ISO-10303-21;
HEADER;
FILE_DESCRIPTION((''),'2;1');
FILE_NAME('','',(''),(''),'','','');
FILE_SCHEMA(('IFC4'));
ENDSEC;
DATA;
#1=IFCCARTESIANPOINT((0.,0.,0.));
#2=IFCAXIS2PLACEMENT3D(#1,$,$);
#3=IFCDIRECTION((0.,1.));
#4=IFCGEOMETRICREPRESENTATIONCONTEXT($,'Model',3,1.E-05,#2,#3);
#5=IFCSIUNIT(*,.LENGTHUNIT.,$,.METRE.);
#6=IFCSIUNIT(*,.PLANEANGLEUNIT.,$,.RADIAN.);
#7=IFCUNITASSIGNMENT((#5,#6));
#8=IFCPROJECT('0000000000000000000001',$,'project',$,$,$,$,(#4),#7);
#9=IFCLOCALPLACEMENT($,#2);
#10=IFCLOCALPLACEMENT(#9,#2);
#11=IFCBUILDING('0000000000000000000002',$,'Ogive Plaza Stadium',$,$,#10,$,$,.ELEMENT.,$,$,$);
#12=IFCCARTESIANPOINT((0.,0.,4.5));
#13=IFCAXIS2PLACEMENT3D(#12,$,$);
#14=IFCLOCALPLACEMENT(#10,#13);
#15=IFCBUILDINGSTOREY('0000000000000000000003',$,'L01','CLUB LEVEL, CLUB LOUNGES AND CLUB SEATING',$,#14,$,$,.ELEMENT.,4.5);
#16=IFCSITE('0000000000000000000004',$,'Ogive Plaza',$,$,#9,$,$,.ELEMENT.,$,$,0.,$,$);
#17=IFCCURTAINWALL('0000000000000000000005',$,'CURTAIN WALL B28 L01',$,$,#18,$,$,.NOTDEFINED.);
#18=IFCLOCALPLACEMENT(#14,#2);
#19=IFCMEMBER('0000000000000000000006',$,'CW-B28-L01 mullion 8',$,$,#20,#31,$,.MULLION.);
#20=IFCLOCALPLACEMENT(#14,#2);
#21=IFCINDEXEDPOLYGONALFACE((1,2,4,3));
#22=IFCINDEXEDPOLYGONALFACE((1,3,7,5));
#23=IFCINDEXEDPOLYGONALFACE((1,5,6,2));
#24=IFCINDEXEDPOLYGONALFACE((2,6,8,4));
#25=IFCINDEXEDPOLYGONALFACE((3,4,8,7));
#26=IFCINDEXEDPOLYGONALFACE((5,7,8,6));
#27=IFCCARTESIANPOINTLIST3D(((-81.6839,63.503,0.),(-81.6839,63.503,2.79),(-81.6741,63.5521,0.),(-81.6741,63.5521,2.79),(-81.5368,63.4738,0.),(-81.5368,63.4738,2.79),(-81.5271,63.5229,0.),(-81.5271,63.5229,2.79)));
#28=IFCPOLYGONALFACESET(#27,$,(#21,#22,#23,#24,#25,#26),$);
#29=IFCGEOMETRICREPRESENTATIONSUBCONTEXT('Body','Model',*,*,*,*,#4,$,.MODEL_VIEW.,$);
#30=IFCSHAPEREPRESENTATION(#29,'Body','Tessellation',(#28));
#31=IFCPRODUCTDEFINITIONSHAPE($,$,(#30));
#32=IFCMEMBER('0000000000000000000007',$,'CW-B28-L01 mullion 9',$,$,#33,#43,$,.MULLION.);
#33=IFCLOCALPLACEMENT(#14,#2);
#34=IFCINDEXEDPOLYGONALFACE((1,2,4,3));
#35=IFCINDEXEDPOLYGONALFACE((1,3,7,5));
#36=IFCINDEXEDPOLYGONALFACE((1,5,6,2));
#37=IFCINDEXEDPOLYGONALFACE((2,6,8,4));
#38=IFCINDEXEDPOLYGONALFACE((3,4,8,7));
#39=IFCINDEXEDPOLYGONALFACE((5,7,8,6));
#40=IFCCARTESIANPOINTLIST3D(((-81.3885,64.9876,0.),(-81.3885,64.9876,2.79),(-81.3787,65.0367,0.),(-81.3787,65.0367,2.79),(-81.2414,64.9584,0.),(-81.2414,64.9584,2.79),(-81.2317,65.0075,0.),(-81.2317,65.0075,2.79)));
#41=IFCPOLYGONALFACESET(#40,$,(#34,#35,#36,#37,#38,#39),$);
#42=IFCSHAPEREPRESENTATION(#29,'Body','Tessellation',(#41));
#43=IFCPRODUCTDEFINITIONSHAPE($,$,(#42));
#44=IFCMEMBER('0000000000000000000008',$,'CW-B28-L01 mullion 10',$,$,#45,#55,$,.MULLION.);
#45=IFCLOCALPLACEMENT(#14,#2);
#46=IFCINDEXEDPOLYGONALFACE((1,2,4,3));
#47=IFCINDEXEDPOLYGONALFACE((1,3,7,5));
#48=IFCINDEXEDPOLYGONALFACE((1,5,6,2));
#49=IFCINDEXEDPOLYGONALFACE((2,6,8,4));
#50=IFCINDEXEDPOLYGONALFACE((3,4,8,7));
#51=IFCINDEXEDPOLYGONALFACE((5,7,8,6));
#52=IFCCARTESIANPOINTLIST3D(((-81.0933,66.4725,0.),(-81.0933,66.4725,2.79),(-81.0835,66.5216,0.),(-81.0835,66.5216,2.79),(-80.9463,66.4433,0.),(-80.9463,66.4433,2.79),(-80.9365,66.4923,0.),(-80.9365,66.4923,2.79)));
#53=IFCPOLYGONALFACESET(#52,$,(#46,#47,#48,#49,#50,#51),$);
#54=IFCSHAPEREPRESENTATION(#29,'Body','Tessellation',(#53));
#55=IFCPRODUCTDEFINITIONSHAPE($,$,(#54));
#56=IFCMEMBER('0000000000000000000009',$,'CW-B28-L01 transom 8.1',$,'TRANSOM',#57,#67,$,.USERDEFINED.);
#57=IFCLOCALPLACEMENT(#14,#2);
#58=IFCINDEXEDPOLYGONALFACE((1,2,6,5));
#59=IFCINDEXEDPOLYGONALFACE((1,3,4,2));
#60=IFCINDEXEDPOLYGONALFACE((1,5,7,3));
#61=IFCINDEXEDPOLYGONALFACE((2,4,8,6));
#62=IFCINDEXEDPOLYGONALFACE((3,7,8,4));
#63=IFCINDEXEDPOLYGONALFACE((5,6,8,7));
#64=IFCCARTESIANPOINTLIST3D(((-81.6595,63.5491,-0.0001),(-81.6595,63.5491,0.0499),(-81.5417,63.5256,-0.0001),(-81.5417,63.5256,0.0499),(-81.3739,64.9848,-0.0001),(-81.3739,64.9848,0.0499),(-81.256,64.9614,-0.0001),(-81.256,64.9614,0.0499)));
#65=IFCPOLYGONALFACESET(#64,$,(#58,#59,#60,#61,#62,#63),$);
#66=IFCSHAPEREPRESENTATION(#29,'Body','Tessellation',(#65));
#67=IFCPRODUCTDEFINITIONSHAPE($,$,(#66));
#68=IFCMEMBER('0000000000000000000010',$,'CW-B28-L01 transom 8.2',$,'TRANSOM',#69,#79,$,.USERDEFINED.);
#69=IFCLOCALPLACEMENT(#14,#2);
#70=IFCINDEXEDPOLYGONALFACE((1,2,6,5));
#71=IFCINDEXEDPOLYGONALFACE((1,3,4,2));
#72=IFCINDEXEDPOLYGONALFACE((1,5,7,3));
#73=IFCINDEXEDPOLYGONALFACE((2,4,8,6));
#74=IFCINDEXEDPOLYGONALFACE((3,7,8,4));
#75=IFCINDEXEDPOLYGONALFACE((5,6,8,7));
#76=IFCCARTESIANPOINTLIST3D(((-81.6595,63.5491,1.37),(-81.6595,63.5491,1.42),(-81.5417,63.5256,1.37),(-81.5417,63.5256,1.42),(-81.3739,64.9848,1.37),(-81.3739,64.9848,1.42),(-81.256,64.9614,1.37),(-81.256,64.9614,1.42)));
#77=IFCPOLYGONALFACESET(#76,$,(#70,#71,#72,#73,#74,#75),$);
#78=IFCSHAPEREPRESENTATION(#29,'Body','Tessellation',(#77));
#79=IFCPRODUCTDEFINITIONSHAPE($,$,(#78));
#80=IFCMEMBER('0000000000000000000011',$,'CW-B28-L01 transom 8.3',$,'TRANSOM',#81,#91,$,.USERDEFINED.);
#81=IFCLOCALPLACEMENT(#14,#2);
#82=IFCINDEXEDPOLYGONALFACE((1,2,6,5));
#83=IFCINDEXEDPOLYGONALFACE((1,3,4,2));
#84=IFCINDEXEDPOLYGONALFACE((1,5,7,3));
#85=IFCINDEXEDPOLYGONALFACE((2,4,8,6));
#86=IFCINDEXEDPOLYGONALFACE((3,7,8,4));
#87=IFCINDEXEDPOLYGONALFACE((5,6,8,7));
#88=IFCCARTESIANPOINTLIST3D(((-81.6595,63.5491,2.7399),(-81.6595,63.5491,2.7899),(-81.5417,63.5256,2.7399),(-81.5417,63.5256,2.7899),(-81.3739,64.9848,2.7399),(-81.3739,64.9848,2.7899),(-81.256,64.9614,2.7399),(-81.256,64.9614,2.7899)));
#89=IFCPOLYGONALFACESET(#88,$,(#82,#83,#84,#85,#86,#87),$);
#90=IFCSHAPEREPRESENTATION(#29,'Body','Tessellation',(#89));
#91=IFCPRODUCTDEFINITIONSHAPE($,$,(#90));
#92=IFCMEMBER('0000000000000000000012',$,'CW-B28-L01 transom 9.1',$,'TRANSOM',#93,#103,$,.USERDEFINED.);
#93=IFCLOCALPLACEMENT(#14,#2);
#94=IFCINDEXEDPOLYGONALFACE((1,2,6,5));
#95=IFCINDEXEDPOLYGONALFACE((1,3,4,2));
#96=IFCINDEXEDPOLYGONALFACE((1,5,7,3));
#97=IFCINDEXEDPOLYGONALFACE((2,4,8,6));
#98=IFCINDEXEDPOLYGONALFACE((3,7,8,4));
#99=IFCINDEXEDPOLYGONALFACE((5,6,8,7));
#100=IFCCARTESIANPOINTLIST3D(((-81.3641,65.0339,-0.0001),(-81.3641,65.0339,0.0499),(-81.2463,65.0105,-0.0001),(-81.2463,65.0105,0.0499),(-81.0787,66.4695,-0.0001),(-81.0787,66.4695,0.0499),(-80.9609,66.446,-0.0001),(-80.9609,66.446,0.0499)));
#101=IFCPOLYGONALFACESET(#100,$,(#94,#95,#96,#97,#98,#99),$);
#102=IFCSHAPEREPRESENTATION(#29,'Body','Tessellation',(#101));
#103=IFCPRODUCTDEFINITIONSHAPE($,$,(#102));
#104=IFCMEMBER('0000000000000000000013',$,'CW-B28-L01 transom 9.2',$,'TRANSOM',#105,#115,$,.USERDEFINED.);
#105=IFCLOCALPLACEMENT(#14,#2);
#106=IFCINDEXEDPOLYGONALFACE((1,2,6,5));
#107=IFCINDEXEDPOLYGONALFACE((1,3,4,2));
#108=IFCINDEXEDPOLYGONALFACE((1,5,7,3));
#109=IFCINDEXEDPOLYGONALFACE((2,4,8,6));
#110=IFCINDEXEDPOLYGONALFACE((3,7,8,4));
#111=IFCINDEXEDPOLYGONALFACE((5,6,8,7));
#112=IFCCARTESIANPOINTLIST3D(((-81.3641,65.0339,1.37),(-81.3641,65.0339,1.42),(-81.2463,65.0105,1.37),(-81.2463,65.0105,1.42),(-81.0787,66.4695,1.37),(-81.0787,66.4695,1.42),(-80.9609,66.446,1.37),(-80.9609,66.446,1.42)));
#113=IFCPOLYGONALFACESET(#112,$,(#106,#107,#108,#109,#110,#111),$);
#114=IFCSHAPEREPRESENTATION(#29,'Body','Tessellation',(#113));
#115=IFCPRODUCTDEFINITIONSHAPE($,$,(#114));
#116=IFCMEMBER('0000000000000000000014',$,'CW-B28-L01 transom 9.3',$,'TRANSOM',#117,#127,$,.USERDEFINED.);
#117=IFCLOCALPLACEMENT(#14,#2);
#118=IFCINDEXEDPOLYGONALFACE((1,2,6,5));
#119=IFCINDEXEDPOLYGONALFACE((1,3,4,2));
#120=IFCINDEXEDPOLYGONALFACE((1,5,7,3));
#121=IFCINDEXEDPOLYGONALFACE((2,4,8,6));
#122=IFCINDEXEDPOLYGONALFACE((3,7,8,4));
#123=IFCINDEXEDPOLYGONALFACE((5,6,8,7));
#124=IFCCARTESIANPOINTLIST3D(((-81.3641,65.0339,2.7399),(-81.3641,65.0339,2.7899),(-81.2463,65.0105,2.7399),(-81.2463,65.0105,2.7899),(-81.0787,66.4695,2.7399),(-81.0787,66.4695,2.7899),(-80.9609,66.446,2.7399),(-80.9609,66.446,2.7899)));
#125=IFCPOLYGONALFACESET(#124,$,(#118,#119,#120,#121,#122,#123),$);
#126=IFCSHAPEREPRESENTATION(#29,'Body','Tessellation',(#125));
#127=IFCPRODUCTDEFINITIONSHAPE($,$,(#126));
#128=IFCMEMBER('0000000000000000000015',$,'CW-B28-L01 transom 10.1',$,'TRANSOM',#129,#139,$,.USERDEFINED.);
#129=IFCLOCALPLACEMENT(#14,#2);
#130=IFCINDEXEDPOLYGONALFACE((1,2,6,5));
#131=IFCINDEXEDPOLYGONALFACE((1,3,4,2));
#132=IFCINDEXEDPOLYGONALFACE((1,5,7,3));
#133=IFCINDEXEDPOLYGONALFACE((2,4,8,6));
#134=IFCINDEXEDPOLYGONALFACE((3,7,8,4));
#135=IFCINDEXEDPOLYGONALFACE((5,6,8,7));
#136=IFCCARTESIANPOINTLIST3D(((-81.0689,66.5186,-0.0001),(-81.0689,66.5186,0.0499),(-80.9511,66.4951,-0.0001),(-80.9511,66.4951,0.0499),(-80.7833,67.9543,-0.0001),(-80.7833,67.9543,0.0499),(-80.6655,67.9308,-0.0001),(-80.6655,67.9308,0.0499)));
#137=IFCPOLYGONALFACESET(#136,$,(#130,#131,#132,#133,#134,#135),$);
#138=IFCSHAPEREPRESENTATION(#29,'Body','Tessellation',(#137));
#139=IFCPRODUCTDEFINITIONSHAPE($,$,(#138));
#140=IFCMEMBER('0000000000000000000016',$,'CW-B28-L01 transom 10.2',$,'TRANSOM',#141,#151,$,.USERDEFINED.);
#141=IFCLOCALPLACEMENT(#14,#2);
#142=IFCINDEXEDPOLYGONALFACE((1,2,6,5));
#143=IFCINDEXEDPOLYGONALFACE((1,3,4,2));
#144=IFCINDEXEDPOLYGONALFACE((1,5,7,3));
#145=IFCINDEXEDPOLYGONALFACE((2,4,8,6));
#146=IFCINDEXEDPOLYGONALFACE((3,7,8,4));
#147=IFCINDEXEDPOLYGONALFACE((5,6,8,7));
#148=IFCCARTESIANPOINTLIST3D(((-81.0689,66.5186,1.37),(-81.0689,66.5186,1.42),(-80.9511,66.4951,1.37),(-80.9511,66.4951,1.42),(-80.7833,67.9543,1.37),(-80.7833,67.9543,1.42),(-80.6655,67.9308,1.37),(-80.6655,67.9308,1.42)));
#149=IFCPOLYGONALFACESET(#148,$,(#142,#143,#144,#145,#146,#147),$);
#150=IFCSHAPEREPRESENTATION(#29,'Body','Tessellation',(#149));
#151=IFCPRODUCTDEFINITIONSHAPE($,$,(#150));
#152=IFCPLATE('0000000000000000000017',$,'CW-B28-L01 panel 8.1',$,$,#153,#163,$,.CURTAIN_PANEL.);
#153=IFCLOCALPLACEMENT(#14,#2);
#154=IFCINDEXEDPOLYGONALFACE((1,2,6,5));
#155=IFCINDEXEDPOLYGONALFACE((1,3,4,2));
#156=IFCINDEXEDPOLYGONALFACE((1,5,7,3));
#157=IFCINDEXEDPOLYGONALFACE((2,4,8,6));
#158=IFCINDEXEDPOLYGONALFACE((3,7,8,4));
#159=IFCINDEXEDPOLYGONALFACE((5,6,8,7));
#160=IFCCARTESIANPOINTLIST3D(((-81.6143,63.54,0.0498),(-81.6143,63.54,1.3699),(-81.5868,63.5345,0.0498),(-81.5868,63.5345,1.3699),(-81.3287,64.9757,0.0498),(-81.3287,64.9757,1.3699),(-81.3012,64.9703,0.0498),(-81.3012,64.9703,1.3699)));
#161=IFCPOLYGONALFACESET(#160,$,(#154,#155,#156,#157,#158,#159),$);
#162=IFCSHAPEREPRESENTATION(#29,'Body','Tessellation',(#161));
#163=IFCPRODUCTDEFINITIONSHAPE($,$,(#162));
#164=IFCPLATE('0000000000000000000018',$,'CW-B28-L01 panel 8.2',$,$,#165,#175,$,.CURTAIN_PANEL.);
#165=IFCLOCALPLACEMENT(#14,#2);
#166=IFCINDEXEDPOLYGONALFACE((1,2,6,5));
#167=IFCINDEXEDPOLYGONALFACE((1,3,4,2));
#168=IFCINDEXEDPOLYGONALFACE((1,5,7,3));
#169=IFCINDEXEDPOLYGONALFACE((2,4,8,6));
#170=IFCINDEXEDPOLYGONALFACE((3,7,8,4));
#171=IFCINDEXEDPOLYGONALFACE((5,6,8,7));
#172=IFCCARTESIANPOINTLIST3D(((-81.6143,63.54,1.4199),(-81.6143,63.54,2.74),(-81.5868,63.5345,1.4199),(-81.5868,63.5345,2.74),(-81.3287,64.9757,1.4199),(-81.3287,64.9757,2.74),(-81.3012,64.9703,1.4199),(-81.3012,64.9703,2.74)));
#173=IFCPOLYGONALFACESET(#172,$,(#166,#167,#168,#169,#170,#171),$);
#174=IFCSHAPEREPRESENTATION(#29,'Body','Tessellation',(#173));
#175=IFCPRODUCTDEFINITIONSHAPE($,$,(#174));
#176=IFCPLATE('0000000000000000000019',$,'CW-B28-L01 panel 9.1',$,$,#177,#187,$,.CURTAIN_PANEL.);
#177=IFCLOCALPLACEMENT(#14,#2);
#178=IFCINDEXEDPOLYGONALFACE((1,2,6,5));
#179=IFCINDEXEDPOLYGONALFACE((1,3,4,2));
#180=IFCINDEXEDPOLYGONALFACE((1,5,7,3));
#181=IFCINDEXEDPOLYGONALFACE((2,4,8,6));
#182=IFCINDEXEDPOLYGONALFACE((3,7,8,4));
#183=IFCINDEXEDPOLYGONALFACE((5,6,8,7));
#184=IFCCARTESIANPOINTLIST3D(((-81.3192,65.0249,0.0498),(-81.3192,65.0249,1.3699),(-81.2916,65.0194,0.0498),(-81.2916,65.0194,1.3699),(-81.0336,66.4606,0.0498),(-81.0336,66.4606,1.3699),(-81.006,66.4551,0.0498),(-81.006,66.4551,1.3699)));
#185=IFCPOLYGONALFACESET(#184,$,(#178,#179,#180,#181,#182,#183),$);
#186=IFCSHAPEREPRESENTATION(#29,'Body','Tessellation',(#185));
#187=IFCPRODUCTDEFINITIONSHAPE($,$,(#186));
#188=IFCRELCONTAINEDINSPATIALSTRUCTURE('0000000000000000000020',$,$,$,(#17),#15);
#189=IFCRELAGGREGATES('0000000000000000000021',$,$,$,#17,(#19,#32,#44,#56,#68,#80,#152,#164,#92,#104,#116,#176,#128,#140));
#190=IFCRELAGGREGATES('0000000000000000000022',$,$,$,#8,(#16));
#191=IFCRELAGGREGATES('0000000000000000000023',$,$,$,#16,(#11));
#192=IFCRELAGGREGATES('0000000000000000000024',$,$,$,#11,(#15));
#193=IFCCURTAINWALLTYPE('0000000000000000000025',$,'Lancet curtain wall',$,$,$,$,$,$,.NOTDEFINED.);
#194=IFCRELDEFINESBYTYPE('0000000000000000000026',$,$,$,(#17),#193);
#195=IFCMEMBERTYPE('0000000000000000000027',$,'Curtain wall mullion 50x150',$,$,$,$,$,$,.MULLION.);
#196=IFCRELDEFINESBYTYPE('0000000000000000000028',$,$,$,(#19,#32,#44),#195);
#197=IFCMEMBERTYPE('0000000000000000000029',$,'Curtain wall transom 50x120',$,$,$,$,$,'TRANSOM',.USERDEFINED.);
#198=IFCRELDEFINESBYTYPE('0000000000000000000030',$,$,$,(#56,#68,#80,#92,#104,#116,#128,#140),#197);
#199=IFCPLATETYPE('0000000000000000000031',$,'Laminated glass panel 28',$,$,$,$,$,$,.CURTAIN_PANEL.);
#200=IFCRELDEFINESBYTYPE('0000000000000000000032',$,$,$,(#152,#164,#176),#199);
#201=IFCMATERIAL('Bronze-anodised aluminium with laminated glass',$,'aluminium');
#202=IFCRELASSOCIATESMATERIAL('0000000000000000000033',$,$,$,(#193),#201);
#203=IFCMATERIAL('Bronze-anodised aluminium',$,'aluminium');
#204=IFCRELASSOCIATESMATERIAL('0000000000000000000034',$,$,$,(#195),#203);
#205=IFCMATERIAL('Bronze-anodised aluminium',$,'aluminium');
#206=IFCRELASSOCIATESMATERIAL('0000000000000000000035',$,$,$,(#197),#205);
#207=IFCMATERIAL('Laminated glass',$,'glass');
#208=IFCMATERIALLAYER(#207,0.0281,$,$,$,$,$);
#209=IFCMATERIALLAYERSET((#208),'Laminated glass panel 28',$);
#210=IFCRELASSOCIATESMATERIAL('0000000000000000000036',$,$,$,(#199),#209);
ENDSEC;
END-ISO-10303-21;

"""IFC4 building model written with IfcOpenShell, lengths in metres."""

from ifc_helpers import new_model, si_unit, direction, frame, origin, origin_2d, place, context, subcontext, project, spatial, rectangle, extrude, material, layer, layer_set, material_profile, profile_set, type_object, element, aggregate, save


model = new_model("IFC4")

# Units and contexts
model_context = context("Model", 3, precision=1e-05, world=origin(), true_north=direction((0.0, 1.0)))
body_context = subcontext(model_context, "Body", "Model", "MODEL_VIEW")
ifc_project = project(units=[si_unit("LENGTHUNIT", "METRE"), si_unit("PLANEANGLEUNIT", "RADIAN")], contexts=[model_context])

# Site, building, storey
site_placement = place(None, origin())
site = spatial("IfcSite", under=ifc_project, at=site_placement, Name="Ogive Plaza", CompositionType="ELEMENT", RefElevation=0.0)
building_placement = place(site_placement, origin())
building = spatial("IfcBuilding", under=site, at=building_placement, Name="Ogive Plaza Stadium", CompositionType="ELEMENT")
storey_placement = place(building_placement, frame((0.0, 0.0, 4.5)))
storey = spatial("IfcBuildingStorey", under=building, at=storey_placement, Name="L01", Description="CLUB LEVEL, CLUB LOUNGES AND CLUB SEATING", CompositionType="ELEMENT", Elevation=4.5)

# Curtain wall, members, plates
ifc_material_1 = material(Name="Bronze-anodised aluminium with laminated glass", Category="aluminium")
curtain_wall_type = type_object("IfcCurtainWallType", Name="Lancet curtain wall", PredefinedType="NOTDEFINED", material=ifc_material_1)
curtain_wall_placement = place(storey_placement, origin())
curtain_wall = element("IfcCurtainWall", 1, at=curtain_wall_placement, inside=storey, type_object=curtain_wall_type, Name="CURTAIN WALL B28 L01", PredefinedType="NOTDEFINED")
ifc_material_2 = material(Name="Bronze-anodised aluminium", Category="aluminium")
ifc_material_profile_1 = material_profile(ifc_material_2, rectangle(XDim=0.1499, YDim=0.05, at=origin_2d()), Name="AL 150x50")
ifc_profile_set_1 = profile_set([ifc_material_profile_1], Name="Bronze-anodised aluminium")
member_type_1 = type_object("IfcMemberType", Name="Curtain wall mullion 50x150", PredefinedType="MULLION", material=ifc_profile_set_1)
member_1_placement = place(storey_placement, frame((-81.6055, 63.5129, 0.0), z_axis=(0.0, 0.0, 1.0), x_axis=(-0.980785, 0.19509, 0.0)))
member_1 = element("IfcMember", 2, at=member_1_placement, type_object=member_type_1, Name="CW-B28-L01 mullion 8", PredefinedType="MULLION", context=body_context, shape_type="SweptSolid", body=[
    extrude(rectangle(XDim=0.1499, YDim=0.05, at=origin_2d()), origin(), (0.0, 0.0, 1.0), 2.79),
])
member_2_placement = place(storey_placement, frame((-81.3101, 64.9976, 0.0), z_axis=(0.0, 0.0, 1.0), x_axis=(-0.980785, 0.19509, 0.0)))
member_2 = element("IfcMember", 3, at=member_2_placement, type_object=member_type_1, Name="CW-B28-L01 mullion 9", PredefinedType="MULLION", context=body_context, shape_type="SweptSolid", body=[
    extrude(rectangle(XDim=0.1499, YDim=0.05, at=origin_2d()), origin(), (0.0, 0.0, 1.0), 2.79),
])
member_3_placement = place(storey_placement, frame((-81.0149, 66.4824, 0.0), z_axis=(0.0, 0.0, 1.0), x_axis=(-0.980785, 0.19509, 0.0)))
member_3 = element("IfcMember", 4, at=member_3_placement, type_object=member_type_1, Name="CW-B28-L01 mullion 10", PredefinedType="MULLION", context=body_context, shape_type="SweptSolid", body=[
    extrude(rectangle(XDim=0.1499, YDim=0.05, at=origin_2d()), origin(), (0.0, 0.0, 1.0), 2.79),
])
ifc_material_3 = material(Name="Bronze-anodised aluminium", Category="aluminium")
ifc_material_profile_2 = material_profile(ifc_material_3, rectangle(XDim=0.1201, YDim=0.05, at=origin_2d()), Name="AL 120x50")
ifc_profile_set_2 = profile_set([ifc_material_profile_2], Name="Bronze-anodised aluminium")
member_type_2 = type_object("IfcMemberType", Name="Curtain wall transom 50x120", ElementType="TRANSOM", PredefinedType="USERDEFINED", material=ifc_profile_set_2)
member_4_placement = place(storey_placement, frame((-81.6006, 63.5374, 0.0249), z_axis=(0.195122, 0.980779, 0.0), x_axis=(-0.980779, 0.195122, 0.0)))
member_4 = element("IfcMember", 5, at=member_4_placement, type_object=member_type_2, Name="CW-B28-L01 transom 8.1", ObjectType="TRANSOM", PredefinedType="USERDEFINED", context=body_context, shape_type="SweptSolid", body=[
    extrude(rectangle(XDim=0.1201, YDim=0.05, at=origin_2d()), origin(), (0.0, 0.0, 1.0), 1.4639),
])
member_5_placement = place(storey_placement, frame((-81.6006, 63.5374, 1.395), z_axis=(0.195122, 0.980779, 0.0), x_axis=(-0.980779, 0.195122, 0.0)))
member_5 = element("IfcMember", 6, at=member_5_placement, type_object=member_type_2, Name="CW-B28-L01 transom 8.2", ObjectType="TRANSOM", PredefinedType="USERDEFINED", context=body_context, shape_type="SweptSolid", body=[
    extrude(rectangle(XDim=0.1201, YDim=0.05, at=origin_2d()), origin(), (0.0, 0.0, 1.0), 1.4639),
])
member_6_placement = place(storey_placement, frame((-81.6006, 63.5374, 2.7649), z_axis=(0.195122, 0.980779, 0.0), x_axis=(-0.980779, 0.195122, 0.0)))
member_6 = element("IfcMember", 7, at=member_6_placement, type_object=member_type_2, Name="CW-B28-L01 transom 8.3", ObjectType="TRANSOM", PredefinedType="USERDEFINED", context=body_context, shape_type="SweptSolid", body=[
    extrude(rectangle(XDim=0.1201, YDim=0.05, at=origin_2d()), origin(), (0.0, 0.0, 1.0), 1.4639),
])
member_7_placement = place(storey_placement, frame((-81.3052, 65.0222, 0.0249), z_axis=(0.194993, 0.980805, 0.0), x_axis=(-0.980805, 0.194993, 0.0)))
member_7 = element("IfcMember", 8, at=member_7_placement, type_object=member_type_2, Name="CW-B28-L01 transom 9.1", ObjectType="TRANSOM", PredefinedType="USERDEFINED", context=body_context, shape_type="SweptSolid", body=[
    extrude(rectangle(XDim=0.1201, YDim=0.05, at=origin_2d()), origin(), (0.0, 0.0, 1.0), 1.4636),
])
member_8_placement = place(storey_placement, frame((-81.3052, 65.0222, 1.395), z_axis=(0.194993, 0.980805, 0.0), x_axis=(-0.980805, 0.194993, 0.0)))
member_8 = element("IfcMember", 9, at=member_8_placement, type_object=member_type_2, Name="CW-B28-L01 transom 9.2", ObjectType="TRANSOM", PredefinedType="USERDEFINED", context=body_context, shape_type="SweptSolid", body=[
    extrude(rectangle(XDim=0.1201, YDim=0.05, at=origin_2d()), origin(), (0.0, 0.0, 1.0), 1.4636),
])
member_9_placement = place(storey_placement, frame((-81.3052, 65.0222, 2.7649), z_axis=(0.194993, 0.980805, 0.0), x_axis=(-0.980805, 0.194993, 0.0)))
member_9 = element("IfcMember", 10, at=member_9_placement, type_object=member_type_2, Name="CW-B28-L01 transom 9.3", ObjectType="TRANSOM", PredefinedType="USERDEFINED", context=body_context, shape_type="SweptSolid", body=[
    extrude(rectangle(XDim=0.1201, YDim=0.05, at=origin_2d()), origin(), (0.0, 0.0, 1.0), 1.4636),
])
member_10_placement = place(storey_placement, frame((-81.01, 66.5068, 0.0249), z_axis=(0.195122, 0.980779, 0.0), x_axis=(-0.980779, 0.195122, 0.0)))
member_10 = element("IfcMember", 11, at=member_10_placement, type_object=member_type_2, Name="CW-B28-L01 transom 10.1", ObjectType="TRANSOM", PredefinedType="USERDEFINED", context=body_context, shape_type="SweptSolid", body=[
    extrude(rectangle(XDim=0.1201, YDim=0.05, at=origin_2d()), origin(), (0.0, 0.0, 1.0), 1.4639),
])
member_11_placement = place(storey_placement, frame((-81.01, 66.5068, 1.395), z_axis=(0.195122, 0.980779, 0.0), x_axis=(-0.980779, 0.195122, 0.0)))
member_11 = element("IfcMember", 12, at=member_11_placement, type_object=member_type_2, Name="CW-B28-L01 transom 10.2", ObjectType="TRANSOM", PredefinedType="USERDEFINED", context=body_context, shape_type="SweptSolid", body=[
    extrude(rectangle(XDim=0.1201, YDim=0.05, at=origin_2d()), origin(), (0.0, 0.0, 1.0), 1.4639),
])
ifc_material_4 = material(Name="Laminated glass", Category="glass")
ifc_layer = layer(ifc_material_4, 0.0281)
ifc_layer_set = layer_set([ifc_layer], Name="Laminated glass panel 28")
plate_type = type_object("IfcPlateType", Name="Laminated glass panel 28", PredefinedType="CURTAIN_PANEL", material=ifc_layer_set)
plate_1_placement = place(storey_placement, frame((-81.4578, 64.2551, 0.0498), z_axis=(0.0, 0.0, 1.0), x_axis=(0.19509, 0.980785, 0.0)))
plate_1 = element("IfcPlate", 13, at=plate_1_placement, type_object=plate_type, Name="CW-B28-L01 panel 8.1", PredefinedType="CURTAIN_PANEL", context=body_context, shape_type="SweptSolid", body=[
    extrude(rectangle(XDim=1.4639, YDim=0.0281, at=origin_2d()), origin(), (0.0, 0.0, 1.0), 1.3201),
])
plate_2_placement = place(storey_placement, frame((-81.4578, 64.2551, 1.4199), z_axis=(0.0, 0.0, 1.0), x_axis=(0.19509, 0.980785, 0.0)))
plate_2 = element("IfcPlate", 14, at=plate_2_placement, type_object=plate_type, Name="CW-B28-L01 panel 8.2", PredefinedType="CURTAIN_PANEL", context=body_context, shape_type="SweptSolid", body=[
    extrude(rectangle(XDim=1.4639, YDim=0.0281, at=origin_2d()), origin(), (0.0, 0.0, 1.0), 1.3201),
])
plate_3_placement = place(storey_placement, frame((-81.1626, 65.74, 0.0498), z_axis=(0.0, 0.0, 1.0), x_axis=(0.19509, 0.980785, 0.0)))
plate_3 = element("IfcPlate", 15, at=plate_3_placement, type_object=plate_type, Name="CW-B28-L01 panel 9.1", PredefinedType="CURTAIN_PANEL", context=body_context, shape_type="SweptSolid", body=[
    extrude(rectangle(XDim=1.4639, YDim=0.0281, at=origin_2d()), origin(), (0.0, 0.0, 1.0), 1.3201),
])
aggregate(curtain_wall, [member_1, member_2, member_3, member_4, member_5, member_6, plate_1, plate_2, member_7, member_8, member_9, plate_3, member_10, member_11])

save(model, "model.ifc")
